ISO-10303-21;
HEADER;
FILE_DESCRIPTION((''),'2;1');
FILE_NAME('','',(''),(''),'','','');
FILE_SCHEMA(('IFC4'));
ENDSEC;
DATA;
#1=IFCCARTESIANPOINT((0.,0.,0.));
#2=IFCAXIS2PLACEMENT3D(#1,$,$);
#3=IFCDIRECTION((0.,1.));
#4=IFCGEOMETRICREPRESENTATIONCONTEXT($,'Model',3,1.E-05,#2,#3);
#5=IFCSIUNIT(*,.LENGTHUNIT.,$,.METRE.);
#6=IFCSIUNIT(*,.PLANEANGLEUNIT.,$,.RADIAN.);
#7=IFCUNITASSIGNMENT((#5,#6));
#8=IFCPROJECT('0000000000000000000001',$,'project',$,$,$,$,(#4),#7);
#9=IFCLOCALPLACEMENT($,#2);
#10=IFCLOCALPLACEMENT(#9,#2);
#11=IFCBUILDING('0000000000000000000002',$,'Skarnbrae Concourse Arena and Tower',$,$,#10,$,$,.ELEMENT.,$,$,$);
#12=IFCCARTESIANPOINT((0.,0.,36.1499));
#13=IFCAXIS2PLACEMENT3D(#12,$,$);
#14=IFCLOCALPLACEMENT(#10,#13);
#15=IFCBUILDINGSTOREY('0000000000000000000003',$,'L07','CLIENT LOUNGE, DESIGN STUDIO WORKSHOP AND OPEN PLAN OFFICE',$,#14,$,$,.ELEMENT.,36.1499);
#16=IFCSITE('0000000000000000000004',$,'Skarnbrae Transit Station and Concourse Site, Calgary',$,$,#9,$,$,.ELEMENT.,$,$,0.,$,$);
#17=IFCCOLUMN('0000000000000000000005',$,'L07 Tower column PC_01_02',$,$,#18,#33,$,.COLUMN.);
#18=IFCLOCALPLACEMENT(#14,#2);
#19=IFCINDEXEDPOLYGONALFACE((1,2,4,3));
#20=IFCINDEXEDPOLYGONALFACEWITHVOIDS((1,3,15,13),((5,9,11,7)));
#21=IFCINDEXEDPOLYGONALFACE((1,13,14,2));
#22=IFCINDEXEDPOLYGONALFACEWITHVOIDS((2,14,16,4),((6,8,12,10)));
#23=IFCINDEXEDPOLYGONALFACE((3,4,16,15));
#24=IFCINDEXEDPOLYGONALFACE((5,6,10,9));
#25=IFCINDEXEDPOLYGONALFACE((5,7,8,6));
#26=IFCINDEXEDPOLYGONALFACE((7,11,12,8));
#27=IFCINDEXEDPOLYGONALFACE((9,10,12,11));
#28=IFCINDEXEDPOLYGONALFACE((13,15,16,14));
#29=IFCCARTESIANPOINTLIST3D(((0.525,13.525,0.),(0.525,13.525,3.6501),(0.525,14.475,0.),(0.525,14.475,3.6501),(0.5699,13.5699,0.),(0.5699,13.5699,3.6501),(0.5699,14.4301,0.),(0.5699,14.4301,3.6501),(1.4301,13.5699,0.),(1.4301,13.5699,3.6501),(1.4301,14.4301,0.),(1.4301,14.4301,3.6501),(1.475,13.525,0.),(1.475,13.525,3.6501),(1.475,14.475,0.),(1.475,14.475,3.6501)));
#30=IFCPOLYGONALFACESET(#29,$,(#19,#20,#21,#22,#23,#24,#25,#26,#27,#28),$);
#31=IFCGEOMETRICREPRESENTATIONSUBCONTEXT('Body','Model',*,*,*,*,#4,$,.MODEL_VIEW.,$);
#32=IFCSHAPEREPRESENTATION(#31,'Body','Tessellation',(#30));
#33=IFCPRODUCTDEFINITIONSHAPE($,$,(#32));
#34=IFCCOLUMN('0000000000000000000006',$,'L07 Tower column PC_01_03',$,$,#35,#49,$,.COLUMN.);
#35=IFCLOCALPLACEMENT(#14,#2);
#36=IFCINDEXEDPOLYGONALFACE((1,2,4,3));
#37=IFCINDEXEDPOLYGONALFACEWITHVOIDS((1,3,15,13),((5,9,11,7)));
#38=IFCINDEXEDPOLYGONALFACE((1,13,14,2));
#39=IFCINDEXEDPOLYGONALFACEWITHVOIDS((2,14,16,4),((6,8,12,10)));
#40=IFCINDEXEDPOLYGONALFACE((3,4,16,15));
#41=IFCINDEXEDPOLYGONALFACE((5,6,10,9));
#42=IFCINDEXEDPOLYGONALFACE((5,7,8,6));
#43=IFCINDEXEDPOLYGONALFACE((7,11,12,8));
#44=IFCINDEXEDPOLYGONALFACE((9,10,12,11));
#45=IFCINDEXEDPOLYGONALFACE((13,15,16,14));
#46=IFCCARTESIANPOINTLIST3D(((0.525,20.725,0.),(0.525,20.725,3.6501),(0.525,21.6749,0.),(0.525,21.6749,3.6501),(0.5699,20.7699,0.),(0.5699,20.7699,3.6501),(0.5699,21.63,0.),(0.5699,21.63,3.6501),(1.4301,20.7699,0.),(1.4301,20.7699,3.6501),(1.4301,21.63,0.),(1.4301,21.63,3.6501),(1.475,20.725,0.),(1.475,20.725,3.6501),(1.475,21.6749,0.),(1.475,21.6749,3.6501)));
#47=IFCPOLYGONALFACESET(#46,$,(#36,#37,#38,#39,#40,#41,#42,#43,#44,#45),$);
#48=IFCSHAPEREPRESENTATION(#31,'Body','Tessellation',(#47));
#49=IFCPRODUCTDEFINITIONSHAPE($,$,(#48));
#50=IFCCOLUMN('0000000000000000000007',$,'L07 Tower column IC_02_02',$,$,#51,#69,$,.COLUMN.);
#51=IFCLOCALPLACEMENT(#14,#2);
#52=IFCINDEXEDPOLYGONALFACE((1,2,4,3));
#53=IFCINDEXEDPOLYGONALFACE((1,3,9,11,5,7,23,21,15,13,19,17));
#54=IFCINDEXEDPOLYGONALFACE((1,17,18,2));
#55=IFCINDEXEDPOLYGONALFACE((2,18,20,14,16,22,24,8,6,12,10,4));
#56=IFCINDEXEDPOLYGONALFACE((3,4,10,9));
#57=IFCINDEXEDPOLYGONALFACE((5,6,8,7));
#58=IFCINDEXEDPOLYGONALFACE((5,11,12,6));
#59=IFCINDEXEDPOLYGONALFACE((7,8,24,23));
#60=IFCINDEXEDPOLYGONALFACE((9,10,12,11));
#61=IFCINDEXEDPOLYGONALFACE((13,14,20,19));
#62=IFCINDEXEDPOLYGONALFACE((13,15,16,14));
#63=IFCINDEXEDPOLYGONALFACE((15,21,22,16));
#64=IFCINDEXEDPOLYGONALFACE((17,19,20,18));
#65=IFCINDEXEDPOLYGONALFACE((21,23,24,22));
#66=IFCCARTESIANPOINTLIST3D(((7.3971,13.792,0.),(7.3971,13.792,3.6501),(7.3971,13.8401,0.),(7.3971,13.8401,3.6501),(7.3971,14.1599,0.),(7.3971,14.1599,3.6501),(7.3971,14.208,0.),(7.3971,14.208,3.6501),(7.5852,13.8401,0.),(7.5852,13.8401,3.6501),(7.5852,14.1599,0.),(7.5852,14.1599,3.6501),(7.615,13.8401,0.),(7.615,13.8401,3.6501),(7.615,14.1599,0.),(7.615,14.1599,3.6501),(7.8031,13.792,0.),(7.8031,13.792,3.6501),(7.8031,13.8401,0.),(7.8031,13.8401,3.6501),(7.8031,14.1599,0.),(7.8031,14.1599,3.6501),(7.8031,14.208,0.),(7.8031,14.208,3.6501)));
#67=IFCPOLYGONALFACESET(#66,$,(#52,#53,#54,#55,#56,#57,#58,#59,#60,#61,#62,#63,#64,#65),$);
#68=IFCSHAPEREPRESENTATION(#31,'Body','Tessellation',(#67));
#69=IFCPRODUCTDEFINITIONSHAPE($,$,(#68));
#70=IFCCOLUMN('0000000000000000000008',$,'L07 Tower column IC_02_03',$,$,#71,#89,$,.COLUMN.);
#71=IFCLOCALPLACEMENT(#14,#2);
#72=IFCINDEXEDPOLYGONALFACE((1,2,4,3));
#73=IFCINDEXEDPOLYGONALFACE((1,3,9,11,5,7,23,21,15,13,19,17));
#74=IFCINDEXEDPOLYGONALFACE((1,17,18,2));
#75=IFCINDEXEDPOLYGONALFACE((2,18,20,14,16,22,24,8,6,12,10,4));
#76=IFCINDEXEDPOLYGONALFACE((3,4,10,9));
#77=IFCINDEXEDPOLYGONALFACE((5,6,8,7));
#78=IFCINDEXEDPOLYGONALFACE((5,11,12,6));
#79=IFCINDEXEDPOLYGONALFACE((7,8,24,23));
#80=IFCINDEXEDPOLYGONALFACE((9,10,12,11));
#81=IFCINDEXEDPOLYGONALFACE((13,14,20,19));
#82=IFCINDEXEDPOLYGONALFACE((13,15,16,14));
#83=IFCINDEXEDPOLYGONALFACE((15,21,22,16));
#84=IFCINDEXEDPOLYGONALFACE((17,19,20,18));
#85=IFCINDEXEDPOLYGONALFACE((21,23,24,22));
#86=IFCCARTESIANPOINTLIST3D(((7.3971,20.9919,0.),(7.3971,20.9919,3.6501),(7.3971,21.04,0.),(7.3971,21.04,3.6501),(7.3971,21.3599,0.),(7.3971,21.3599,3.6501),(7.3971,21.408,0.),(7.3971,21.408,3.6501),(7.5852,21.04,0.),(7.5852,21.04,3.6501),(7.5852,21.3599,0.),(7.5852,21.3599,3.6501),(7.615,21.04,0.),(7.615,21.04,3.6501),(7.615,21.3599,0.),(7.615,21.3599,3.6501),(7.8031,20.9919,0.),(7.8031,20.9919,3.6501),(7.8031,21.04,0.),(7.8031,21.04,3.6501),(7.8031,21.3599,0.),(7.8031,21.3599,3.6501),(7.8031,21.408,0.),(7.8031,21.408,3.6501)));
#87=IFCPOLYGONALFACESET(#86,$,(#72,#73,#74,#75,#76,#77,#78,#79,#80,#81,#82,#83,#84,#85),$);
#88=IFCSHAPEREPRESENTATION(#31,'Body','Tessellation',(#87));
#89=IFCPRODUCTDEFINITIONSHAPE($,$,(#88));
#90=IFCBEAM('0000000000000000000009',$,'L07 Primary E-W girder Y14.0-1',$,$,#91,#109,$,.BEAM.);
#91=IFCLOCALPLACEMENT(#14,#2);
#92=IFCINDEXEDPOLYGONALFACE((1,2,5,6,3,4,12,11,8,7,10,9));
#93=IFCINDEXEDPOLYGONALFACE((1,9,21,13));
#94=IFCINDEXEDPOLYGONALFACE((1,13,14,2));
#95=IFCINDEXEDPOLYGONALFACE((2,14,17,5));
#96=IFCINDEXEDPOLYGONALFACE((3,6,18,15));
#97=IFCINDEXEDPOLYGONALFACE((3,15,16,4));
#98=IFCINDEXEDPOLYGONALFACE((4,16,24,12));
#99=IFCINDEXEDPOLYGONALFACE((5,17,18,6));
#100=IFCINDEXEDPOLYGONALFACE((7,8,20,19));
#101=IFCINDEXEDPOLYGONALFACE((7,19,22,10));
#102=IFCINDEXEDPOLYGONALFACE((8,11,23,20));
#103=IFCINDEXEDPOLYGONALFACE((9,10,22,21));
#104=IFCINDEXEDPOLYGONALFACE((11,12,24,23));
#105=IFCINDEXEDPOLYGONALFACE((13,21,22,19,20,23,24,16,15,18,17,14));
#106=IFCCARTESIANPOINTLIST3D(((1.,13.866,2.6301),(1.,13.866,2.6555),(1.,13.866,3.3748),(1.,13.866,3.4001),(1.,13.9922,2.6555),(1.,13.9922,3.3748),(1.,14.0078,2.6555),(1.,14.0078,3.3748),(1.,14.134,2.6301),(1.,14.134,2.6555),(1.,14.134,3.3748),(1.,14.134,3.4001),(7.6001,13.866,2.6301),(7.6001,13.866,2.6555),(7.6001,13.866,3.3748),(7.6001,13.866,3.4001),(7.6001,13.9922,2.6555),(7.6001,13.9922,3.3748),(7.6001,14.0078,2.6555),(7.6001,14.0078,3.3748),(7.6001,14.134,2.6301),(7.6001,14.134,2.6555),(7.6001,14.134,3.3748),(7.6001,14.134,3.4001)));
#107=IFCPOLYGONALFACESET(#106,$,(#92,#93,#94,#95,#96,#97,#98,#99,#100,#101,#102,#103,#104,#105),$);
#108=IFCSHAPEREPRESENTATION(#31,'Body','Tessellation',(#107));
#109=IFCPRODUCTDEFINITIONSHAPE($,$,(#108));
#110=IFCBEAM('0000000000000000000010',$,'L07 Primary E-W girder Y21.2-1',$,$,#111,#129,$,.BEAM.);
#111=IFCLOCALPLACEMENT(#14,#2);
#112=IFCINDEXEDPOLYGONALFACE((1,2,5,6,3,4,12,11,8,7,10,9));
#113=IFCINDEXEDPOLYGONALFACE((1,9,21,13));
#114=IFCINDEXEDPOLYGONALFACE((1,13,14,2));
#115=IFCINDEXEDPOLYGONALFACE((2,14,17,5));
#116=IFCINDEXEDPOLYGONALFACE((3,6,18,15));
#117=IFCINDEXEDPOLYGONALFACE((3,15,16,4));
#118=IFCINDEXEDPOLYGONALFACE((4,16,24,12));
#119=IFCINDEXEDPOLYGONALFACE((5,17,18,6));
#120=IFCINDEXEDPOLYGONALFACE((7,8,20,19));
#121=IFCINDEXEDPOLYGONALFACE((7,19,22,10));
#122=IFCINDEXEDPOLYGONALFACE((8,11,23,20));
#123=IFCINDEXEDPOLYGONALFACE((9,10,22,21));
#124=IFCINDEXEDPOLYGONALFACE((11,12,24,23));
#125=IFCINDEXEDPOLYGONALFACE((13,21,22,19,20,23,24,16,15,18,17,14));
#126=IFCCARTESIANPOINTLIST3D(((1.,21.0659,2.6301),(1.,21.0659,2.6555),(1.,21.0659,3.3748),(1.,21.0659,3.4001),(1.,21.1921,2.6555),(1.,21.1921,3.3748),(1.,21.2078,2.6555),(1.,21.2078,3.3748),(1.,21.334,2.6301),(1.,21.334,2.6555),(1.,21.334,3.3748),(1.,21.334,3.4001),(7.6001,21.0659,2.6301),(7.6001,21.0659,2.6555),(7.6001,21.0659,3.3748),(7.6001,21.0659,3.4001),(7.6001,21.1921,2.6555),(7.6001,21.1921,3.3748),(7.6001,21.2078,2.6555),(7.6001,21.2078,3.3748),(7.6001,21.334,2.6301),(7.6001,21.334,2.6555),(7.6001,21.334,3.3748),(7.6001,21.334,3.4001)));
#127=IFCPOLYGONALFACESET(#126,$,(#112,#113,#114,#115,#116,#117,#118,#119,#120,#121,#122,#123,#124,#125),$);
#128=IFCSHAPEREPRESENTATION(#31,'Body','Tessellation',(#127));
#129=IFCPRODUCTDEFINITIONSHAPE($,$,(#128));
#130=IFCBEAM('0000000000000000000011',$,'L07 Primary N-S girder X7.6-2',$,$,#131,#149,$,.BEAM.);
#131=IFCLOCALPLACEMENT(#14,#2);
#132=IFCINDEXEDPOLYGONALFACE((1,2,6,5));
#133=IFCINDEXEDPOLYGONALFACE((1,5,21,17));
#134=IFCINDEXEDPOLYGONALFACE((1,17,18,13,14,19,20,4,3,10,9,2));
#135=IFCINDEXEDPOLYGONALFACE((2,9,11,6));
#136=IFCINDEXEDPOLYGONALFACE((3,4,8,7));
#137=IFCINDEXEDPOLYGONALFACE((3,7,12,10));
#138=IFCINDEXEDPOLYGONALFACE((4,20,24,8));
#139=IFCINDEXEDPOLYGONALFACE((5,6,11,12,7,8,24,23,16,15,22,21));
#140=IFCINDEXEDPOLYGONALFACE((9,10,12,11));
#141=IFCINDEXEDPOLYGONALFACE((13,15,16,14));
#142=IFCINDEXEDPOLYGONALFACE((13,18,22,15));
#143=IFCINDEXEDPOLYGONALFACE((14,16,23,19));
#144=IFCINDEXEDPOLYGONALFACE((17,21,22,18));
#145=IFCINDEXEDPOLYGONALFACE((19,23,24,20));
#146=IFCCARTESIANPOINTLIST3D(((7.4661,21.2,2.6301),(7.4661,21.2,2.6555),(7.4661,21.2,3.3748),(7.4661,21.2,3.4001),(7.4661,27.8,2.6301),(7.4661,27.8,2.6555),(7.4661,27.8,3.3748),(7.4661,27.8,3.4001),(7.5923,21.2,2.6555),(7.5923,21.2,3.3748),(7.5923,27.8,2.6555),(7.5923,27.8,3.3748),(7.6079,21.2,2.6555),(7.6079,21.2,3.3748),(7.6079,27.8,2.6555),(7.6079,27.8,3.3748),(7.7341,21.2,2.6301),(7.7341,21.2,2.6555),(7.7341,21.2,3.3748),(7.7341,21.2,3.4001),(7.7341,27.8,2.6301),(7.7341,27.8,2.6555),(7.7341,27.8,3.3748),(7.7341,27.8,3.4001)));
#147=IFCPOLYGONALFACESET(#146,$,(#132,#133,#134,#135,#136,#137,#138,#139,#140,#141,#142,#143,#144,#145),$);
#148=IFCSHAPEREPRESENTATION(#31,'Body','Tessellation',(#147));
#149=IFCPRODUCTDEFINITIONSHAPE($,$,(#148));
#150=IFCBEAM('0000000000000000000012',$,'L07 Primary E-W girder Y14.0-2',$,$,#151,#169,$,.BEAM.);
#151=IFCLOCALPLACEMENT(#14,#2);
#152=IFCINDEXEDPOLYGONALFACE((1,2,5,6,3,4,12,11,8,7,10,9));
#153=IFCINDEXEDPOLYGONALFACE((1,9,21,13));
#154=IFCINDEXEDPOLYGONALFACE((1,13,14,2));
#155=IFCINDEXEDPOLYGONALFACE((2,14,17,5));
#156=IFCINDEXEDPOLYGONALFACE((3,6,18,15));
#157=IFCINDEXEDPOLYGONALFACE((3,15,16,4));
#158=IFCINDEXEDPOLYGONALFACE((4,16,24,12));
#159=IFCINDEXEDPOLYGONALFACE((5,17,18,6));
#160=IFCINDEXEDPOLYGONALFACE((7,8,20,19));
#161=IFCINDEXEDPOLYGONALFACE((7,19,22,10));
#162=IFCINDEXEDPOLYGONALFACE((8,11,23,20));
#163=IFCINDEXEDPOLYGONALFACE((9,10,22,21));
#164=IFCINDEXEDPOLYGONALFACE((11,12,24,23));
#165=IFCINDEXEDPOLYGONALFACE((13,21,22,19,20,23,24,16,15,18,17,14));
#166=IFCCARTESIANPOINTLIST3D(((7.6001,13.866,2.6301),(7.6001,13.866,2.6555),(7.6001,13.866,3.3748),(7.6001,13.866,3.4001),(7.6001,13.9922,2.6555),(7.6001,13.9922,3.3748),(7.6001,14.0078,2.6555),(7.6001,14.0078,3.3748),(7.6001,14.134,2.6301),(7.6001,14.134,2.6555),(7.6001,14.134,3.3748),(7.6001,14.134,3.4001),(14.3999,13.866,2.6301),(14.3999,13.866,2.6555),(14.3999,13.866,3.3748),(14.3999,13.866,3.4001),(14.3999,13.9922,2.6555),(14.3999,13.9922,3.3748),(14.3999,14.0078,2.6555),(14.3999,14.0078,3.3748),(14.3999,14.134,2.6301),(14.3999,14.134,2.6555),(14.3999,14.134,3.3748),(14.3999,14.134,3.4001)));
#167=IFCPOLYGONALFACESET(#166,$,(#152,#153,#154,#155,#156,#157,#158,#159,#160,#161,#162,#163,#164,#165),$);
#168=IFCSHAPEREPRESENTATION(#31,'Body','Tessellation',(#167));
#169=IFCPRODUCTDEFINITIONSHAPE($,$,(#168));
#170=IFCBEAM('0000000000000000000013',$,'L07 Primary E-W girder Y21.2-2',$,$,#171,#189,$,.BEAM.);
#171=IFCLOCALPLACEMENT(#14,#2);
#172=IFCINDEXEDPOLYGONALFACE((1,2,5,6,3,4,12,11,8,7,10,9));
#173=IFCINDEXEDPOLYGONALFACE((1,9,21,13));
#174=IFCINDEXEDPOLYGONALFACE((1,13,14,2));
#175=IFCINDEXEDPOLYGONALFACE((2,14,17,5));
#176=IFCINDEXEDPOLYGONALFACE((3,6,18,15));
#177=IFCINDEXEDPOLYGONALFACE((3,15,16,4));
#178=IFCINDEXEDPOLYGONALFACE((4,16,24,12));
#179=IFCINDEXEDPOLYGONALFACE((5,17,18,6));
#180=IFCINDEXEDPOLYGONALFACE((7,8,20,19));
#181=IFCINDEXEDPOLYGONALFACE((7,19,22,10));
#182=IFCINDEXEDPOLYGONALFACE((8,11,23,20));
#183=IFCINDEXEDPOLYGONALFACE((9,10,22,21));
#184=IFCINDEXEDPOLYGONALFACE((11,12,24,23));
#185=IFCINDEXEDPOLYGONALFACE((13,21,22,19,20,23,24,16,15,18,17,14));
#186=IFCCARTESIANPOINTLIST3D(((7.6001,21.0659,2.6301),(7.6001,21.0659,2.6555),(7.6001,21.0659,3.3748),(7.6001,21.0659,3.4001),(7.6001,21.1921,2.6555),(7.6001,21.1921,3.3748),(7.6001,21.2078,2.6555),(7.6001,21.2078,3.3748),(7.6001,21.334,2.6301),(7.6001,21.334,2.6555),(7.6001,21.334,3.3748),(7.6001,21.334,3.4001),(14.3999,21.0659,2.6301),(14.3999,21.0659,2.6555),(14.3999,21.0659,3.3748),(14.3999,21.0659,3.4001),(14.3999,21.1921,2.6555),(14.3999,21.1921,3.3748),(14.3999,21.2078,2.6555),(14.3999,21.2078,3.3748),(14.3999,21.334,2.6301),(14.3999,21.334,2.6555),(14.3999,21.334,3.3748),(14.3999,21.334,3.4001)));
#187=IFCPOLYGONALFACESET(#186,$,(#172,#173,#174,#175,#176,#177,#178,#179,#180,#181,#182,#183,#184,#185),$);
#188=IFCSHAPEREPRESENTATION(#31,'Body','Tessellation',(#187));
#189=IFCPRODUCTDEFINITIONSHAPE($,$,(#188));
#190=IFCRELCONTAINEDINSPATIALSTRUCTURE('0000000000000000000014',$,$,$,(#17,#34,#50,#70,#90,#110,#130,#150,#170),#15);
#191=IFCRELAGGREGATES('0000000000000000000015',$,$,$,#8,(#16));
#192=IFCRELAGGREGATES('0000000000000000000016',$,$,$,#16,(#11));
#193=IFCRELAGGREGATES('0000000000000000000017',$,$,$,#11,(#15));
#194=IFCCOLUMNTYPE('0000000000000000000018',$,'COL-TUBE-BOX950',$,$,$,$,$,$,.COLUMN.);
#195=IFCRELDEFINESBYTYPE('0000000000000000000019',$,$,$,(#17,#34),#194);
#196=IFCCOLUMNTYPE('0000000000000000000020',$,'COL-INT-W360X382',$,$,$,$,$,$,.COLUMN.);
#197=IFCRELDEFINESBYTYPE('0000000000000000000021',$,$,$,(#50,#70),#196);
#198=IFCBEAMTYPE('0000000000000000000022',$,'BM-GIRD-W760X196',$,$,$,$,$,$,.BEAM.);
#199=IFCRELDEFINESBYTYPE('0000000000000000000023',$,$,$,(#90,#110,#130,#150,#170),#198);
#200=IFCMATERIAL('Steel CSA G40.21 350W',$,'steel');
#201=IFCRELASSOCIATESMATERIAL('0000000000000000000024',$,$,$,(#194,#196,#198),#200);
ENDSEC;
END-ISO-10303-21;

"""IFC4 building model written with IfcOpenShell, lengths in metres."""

from ifc_helpers import new_model, si_unit, direction, frame, origin, origin_2d, place, context, subcontext, project, spatial, hollow_rectangle, i_section, extrude, source, transform, mapped, material, material_profile, profile_set, type_object, element, save


model = new_model("IFC4")

# Units and contexts
model_context = context("Model", 3, precision=1e-05, world=origin(), true_north=direction((0.0, 1.0)))
body_context = subcontext(model_context, "Body", "Model", "MODEL_VIEW")
ifc_project = project(units=[si_unit("LENGTHUNIT", "METRE"), si_unit("PLANEANGLEUNIT", "RADIAN")], contexts=[model_context])

# Site, building, storey
site_placement = place(None, origin())
site = spatial("IfcSite", under=ifc_project, at=site_placement, Name="Skarnbrae Transit Station and Concourse Site, Calgary", CompositionType="ELEMENT", RefElevation=0.0)
building_placement = place(site_placement, origin())
building = spatial("IfcBuilding", under=site, at=building_placement, Name="Skarnbrae Concourse Arena and Tower", CompositionType="ELEMENT")
storey_placement = place(building_placement, frame((0.0, 0.0, 36.1499)))
storey = spatial("IfcBuildingStorey", under=building, at=storey_placement, Name="L07", Description="CLIENT LOUNGE, DESIGN STUDIO WORKSHOP AND OPEN PLAN OFFICE", CompositionType="ELEMENT", Elevation=36.1499)

# Columns
ifc_material_1 = material(Name="Steel CSA G40.21 350W", Category="steel")
ifc_material_profile_1 = material_profile(ifc_material_1, hollow_rectangle(XDim=0.95, YDim=0.95, WallThickness=0.0449, at=origin_2d()), Name="BOX950X950X45")
ifc_profile_set_1 = profile_set([ifc_material_profile_1], Name="Steel CSA G40.21 350W")
column_type_1 = type_object("IfcColumnType", Name="COL-TUBE-BOX950", PredefinedType="COLUMN", material=ifc_profile_set_1)
shared_shape_1 = source(origin(), body_context, "Body", "SweptSolid", [
    extrude(hollow_rectangle(XDim=0.95, YDim=0.95, WallThickness=0.0449, at=origin_2d()), origin(), (0.0, 0.0, 1.0), 3.6501),
])
for number, where, z_axis, x_axis, name in (
    (1, (1.0, 14.0, 0.0), (0.0, 0.0, 1.0), (1.0, 0.0, 0.0), "L07 Tower column PC_01_02"),
    (2, (1.0, 21.2, 0.0), (0.0, 0.0, 1.0), (1.0, 0.0, 0.0), "L07 Tower column PC_01_03"),
):
    element("IfcColumn", number, at=place(storey_placement, frame(where, z_axis=z_axis, x_axis=x_axis)), inside=storey, type_object=column_type_1, Name=name, PredefinedType="COLUMN", context=body_context, shape_type="MappedRepresentation", body=[
        mapped(shared_shape_1, transform((0.0, 0.0, 0.0))),
    ])
ifc_material_profile_2 = material_profile(ifc_material_1, i_section(OverallWidth=0.406, OverallDepth=0.416, WebThickness=0.0298, FlangeThickness=0.0481, at=origin_2d()), Name="W360X382")
ifc_profile_set_2 = profile_set([ifc_material_profile_2], Name="Steel CSA G40.21 350W")
column_type_2 = type_object("IfcColumnType", Name="COL-INT-W360X382", PredefinedType="COLUMN", material=ifc_profile_set_2)
shared_shape_2 = source(origin(), body_context, "Body", "SweptSolid", [
    extrude(i_section(OverallWidth=0.406, OverallDepth=0.416, WebThickness=0.0298, FlangeThickness=0.0481, at=origin_2d()), origin(), (0.0, 0.0, 1.0), 3.6501),
])
for number, where, z_axis, x_axis, name in (
    (3, (7.6001, 14.0, 0.0), (0.0, 0.0, 1.0), (1.0, 0.0, 0.0), "L07 Tower column IC_02_02"),
    (4, (7.6001, 21.2, 0.0), (0.0, 0.0, 1.0), (1.0, 0.0, 0.0), "L07 Tower column IC_02_03"),
):
    element("IfcColumn", number, at=place(storey_placement, frame(where, z_axis=z_axis, x_axis=x_axis)), inside=storey, type_object=column_type_2, Name=name, PredefinedType="COLUMN", context=body_context, shape_type="MappedRepresentation", body=[
        mapped(shared_shape_2, transform((0.0, 0.0, 0.0))),
    ])

# Beams
ifc_material_profile_3 = material_profile(ifc_material_1, i_section(OverallWidth=0.2681, OverallDepth=0.77, WebThickness=0.0156, FlangeThickness=0.0254, at=origin_2d()), Name="W760X196")
ifc_profile_set_3 = profile_set([ifc_material_profile_3], Name="Steel CSA G40.21 350W")
beam_type_1 = type_object("IfcBeamType", Name="BM-GIRD-W760X196", PredefinedType="BEAM", material=ifc_profile_set_3)
shared_shape_3 = source(origin(), body_context, "Body", "SweptSolid", [
    extrude(i_section(OverallWidth=0.2681, OverallDepth=0.77, WebThickness=0.0156, FlangeThickness=0.0254, at=origin_2d()), origin(), (0.0, 0.0, 1.0), 6.6001),
])
for number, where, z_axis, x_axis, name in (
    (5, (1.0, 14.0, 3.0151), (1.0, 0.0, 0.0), (0.0, 1.0, 0.0), "L07 Primary E-W girder Y14.0-1"),
    (6, (1.0, 21.2, 3.0151), (1.0, 0.0, 0.0), (0.0, 1.0, 0.0), "L07 Primary E-W girder Y21.2-1"),
    (7, (7.6001, 21.2, 3.0151), (0.0, 1.0, 0.0), (-1.0, 0.0, 0.0), "L07 Primary N-S girder X7.6-2"),
):
    element("IfcBeam", number, at=place(storey_placement, frame(where, z_axis=z_axis, x_axis=x_axis)), inside=storey, type_object=beam_type_1, Name=name, PredefinedType="BEAM", context=body_context, shape_type="MappedRepresentation", body=[
        mapped(shared_shape_3, transform((0.0, 0.0, 0.0))),
    ])
shared_shape_4 = source(origin(), body_context, "Body", "SweptSolid", [
    extrude(i_section(OverallWidth=0.2681, OverallDepth=0.77, WebThickness=0.0156, FlangeThickness=0.0254, at=origin_2d()), origin(), (0.0, 0.0, 1.0), 6.7998),
])
for number, where, z_axis, x_axis, name in (
    (8, (7.6001, 14.0, 3.0151), (1.0, 0.0, 0.0), (0.0, 1.0, 0.0), "L07 Primary E-W girder Y14.0-2"),
    (9, (7.6001, 21.2, 3.0151), (1.0, 0.0, 0.0), (0.0, 1.0, 0.0), "L07 Primary E-W girder Y21.2-2"),
):
    element("IfcBeam", number, at=place(storey_placement, frame(where, z_axis=z_axis, x_axis=x_axis)), inside=storey, type_object=beam_type_1, Name=name, PredefinedType="BEAM", context=body_context, shape_type="MappedRepresentation", body=[
        mapped(shared_shape_4, transform((0.0, 0.0, 0.0))),
    ])

save(model, "model.ifc")
